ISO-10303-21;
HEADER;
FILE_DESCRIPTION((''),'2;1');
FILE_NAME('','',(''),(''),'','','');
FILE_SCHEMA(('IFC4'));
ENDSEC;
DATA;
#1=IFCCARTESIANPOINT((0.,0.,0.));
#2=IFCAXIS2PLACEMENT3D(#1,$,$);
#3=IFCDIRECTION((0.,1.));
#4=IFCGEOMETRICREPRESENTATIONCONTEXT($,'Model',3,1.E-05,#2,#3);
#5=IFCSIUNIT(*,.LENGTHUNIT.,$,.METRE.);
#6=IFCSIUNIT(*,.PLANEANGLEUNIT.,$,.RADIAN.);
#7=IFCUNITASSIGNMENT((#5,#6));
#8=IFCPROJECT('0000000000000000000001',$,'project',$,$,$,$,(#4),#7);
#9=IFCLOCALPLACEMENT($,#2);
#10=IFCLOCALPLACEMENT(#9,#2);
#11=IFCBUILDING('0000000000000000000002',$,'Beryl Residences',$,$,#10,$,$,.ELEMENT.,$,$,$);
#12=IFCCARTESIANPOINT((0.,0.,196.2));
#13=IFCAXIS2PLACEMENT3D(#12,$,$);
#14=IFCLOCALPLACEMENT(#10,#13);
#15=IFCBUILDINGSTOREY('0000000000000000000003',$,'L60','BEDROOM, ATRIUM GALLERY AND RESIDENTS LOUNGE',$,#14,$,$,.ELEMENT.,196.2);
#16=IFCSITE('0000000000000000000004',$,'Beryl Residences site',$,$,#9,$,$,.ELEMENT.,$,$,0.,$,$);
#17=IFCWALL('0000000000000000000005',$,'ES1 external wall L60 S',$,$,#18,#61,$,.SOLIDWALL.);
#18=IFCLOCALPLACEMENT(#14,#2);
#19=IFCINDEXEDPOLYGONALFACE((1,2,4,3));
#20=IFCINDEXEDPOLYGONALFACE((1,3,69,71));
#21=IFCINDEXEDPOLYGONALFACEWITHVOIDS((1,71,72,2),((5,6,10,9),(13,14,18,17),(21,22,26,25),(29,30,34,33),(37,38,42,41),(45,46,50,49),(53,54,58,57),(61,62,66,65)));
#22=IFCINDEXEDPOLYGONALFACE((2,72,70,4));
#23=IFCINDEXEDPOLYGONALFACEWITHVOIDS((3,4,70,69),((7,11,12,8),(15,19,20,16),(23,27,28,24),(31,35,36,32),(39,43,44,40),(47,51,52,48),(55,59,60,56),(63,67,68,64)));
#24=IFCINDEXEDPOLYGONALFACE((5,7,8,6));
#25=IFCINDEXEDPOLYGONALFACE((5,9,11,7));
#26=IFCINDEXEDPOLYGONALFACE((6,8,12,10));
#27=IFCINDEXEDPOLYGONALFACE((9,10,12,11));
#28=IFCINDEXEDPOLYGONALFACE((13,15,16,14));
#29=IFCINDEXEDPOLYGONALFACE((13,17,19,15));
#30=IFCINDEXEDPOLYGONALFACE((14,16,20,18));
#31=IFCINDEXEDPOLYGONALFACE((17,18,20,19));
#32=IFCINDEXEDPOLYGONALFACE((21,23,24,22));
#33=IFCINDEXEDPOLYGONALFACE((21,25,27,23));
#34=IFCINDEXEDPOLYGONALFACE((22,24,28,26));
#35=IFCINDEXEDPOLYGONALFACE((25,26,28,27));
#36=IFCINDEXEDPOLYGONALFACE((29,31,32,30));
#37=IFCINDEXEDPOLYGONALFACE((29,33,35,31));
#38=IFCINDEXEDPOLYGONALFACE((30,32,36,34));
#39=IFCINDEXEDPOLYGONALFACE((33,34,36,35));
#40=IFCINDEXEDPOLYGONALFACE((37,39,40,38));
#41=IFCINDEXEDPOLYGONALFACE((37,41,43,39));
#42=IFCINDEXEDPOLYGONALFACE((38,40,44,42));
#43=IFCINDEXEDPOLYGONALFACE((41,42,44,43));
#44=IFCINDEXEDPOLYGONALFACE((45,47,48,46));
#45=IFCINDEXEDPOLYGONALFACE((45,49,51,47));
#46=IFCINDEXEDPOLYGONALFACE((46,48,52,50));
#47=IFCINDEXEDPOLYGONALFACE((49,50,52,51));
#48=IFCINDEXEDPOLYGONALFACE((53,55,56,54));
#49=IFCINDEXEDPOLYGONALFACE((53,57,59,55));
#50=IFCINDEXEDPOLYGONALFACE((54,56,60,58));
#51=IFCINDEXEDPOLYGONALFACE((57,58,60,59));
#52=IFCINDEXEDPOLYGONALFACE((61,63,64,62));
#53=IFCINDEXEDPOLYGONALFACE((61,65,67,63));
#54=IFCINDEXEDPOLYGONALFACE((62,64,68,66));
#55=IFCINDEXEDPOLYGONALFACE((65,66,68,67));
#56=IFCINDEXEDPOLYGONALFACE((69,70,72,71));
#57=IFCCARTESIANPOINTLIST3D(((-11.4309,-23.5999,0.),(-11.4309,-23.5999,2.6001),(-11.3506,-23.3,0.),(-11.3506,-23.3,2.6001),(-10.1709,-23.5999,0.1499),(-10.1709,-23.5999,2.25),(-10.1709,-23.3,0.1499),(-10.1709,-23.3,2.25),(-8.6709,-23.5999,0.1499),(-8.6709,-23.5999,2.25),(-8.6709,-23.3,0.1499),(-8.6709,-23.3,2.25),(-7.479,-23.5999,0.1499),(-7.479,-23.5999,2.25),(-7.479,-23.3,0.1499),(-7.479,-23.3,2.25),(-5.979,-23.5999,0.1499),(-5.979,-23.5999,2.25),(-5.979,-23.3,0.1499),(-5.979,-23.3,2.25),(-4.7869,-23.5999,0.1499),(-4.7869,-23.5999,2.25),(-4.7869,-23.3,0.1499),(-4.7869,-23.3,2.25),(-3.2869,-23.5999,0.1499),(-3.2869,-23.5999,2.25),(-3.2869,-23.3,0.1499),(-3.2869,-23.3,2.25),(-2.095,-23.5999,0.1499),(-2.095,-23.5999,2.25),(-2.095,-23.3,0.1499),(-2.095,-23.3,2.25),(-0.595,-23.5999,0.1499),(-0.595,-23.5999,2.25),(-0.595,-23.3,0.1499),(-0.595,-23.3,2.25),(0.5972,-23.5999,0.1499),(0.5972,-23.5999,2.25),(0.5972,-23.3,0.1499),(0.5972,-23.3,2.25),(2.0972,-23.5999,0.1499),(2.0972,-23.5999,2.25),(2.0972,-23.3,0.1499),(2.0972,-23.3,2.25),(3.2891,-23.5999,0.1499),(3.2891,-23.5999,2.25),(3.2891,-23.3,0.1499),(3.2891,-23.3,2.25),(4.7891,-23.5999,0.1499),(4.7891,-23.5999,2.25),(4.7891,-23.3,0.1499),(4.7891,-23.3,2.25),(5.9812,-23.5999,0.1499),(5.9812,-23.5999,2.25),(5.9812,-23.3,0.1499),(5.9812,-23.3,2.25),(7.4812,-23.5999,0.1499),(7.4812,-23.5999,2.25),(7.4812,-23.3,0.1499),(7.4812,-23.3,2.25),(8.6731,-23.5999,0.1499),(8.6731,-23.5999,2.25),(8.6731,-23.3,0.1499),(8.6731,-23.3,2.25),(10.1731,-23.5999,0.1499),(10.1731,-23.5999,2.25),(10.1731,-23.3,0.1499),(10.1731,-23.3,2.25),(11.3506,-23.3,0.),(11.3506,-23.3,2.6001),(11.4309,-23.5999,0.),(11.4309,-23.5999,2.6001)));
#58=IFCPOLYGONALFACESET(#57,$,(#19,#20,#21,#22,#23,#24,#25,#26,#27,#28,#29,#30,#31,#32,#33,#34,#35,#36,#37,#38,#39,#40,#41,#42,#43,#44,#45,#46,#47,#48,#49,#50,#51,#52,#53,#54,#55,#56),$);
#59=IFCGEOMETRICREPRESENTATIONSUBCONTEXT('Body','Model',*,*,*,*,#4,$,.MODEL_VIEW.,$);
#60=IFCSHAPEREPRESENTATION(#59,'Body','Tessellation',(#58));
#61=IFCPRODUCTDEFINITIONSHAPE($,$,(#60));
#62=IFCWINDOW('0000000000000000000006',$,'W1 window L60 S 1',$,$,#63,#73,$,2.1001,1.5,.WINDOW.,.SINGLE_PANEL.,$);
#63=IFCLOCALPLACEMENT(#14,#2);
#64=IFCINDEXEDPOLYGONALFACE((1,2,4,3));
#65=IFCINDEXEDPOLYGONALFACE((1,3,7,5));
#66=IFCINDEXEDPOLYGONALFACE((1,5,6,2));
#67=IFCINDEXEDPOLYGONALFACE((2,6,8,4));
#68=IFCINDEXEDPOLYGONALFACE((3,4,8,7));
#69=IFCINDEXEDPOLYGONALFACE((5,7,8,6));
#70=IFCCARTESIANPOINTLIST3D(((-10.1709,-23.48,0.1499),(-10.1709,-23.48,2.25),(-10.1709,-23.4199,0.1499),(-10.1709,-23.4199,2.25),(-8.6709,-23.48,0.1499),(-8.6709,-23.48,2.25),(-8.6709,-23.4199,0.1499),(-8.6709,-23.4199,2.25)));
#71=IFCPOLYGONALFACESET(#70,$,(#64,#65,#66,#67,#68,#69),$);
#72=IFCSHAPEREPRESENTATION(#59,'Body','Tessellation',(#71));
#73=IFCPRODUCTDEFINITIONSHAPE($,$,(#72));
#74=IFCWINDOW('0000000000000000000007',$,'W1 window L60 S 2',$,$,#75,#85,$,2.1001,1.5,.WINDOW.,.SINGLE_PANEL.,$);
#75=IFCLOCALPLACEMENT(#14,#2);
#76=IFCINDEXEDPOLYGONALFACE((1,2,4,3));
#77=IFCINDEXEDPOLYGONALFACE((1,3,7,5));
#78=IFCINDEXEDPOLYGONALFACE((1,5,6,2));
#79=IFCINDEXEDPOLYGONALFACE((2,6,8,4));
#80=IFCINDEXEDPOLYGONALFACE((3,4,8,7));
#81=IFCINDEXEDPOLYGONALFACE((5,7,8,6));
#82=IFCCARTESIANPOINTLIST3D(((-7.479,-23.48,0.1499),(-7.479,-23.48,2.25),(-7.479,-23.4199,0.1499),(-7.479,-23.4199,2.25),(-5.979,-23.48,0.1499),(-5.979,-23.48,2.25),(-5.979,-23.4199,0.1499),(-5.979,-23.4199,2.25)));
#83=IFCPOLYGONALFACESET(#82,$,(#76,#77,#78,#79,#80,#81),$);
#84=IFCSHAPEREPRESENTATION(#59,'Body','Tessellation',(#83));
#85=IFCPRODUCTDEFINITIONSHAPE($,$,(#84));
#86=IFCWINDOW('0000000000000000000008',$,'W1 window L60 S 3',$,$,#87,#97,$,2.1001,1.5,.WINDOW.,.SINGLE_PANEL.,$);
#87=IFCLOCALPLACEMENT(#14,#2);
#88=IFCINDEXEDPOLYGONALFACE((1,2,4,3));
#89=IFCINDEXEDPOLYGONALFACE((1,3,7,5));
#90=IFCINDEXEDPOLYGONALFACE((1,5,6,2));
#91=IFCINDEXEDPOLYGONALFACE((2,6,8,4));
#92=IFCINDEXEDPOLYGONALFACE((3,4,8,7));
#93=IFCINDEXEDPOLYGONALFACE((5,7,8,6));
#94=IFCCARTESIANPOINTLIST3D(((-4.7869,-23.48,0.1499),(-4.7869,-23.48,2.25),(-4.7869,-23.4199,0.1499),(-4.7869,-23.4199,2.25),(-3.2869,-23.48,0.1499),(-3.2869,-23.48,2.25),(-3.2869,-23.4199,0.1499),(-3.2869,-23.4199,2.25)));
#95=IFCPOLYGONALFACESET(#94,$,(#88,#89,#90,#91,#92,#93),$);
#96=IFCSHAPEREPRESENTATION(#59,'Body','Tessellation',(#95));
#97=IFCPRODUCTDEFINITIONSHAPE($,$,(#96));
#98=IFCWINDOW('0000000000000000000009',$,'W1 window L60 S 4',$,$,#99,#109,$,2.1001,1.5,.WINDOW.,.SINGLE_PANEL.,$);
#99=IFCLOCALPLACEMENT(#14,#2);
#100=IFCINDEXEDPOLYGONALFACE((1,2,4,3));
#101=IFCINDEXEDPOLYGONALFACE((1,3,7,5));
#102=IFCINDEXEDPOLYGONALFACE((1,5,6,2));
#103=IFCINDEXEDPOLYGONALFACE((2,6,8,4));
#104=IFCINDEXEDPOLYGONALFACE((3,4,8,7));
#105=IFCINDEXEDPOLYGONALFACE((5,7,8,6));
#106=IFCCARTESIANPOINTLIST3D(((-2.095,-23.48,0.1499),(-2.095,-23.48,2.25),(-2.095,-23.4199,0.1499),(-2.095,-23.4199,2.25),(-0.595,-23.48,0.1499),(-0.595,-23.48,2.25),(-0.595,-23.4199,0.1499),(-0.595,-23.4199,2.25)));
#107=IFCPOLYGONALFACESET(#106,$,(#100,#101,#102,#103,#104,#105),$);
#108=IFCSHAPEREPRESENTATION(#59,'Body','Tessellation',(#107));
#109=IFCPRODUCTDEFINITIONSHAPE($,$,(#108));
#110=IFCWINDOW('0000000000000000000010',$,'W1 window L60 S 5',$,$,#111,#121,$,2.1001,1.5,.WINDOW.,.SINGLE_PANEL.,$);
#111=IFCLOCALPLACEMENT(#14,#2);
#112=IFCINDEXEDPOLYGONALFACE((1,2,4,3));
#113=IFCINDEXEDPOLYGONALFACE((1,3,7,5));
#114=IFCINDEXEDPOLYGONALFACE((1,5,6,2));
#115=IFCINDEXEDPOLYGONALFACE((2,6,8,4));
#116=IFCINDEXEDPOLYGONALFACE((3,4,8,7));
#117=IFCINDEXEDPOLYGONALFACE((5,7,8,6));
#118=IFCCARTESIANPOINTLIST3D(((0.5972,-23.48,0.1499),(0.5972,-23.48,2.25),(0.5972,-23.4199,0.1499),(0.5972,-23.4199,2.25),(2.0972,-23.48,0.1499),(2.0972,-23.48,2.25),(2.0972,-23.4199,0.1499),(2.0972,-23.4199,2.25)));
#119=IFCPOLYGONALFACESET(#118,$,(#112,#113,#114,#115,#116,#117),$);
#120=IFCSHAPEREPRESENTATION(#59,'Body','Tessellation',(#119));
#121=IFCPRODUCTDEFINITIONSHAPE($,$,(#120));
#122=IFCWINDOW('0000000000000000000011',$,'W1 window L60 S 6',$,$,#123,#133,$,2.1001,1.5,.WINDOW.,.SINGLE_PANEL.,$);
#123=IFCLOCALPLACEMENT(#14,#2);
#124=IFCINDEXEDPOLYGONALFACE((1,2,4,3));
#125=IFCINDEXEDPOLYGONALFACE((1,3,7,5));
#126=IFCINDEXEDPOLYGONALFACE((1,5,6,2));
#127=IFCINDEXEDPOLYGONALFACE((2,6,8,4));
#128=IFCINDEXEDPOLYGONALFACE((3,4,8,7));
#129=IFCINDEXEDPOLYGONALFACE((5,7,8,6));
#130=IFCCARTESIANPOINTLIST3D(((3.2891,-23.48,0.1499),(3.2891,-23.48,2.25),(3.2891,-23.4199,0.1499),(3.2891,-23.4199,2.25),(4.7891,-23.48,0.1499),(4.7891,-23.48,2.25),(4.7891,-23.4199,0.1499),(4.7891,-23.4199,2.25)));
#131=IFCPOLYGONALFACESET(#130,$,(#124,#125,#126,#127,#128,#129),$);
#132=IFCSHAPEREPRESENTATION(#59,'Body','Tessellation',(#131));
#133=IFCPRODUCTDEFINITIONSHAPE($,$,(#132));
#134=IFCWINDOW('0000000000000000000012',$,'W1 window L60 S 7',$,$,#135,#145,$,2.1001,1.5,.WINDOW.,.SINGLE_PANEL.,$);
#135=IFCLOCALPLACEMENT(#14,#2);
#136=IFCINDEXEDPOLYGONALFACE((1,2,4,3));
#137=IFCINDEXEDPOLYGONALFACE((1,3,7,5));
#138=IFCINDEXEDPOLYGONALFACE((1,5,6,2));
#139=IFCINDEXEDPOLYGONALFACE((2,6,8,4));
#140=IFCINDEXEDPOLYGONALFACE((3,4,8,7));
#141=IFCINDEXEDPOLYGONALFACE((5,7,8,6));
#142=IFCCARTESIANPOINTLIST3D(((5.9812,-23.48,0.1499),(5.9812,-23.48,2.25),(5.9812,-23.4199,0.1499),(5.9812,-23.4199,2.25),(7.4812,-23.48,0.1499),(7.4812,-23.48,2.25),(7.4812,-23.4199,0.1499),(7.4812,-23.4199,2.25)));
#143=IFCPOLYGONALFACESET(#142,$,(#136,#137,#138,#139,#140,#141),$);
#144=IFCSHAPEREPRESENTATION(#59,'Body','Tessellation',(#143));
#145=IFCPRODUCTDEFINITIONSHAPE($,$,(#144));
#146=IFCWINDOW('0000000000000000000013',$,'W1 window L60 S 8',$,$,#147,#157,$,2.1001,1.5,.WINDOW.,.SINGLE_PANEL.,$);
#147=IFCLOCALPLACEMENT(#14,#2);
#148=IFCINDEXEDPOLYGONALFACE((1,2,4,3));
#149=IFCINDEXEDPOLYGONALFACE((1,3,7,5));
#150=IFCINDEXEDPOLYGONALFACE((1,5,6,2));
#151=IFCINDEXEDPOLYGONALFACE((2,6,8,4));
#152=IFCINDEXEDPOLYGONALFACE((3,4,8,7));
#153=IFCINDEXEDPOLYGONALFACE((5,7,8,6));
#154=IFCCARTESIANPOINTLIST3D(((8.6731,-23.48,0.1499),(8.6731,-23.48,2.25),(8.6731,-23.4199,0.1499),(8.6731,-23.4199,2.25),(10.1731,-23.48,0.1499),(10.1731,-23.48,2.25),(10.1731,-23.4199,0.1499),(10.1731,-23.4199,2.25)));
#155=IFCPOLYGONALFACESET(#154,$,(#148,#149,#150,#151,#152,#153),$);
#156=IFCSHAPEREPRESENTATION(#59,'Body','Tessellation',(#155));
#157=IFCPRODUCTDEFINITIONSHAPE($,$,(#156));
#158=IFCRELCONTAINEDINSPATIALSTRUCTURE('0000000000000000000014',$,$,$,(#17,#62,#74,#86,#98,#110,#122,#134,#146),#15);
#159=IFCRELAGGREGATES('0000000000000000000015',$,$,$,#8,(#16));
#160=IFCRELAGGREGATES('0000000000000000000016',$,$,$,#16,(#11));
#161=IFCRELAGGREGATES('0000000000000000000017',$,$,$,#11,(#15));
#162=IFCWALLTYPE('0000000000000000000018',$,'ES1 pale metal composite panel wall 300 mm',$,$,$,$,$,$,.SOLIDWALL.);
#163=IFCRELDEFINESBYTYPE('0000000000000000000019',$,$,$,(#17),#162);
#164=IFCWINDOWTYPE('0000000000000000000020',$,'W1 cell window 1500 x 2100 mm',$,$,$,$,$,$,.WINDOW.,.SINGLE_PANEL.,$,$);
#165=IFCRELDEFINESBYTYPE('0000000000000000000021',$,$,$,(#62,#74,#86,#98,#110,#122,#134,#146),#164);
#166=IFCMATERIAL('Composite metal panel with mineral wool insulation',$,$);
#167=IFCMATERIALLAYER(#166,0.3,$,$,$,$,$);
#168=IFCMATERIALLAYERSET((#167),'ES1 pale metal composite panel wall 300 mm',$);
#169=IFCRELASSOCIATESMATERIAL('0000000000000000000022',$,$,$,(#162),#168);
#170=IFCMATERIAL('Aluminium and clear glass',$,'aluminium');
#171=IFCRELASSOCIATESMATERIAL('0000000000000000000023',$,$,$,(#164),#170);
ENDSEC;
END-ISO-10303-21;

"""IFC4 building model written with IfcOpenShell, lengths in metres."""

from ifc_helpers import new_model, si_unit, direction, frame, frame_2d, origin, place, context, subcontext, project, spatial, polyline, rectangle, outline, extrude, material, layer, layer_set, type_object, element, fill, save


model = new_model("IFC4")

# Units and contexts
model_context = context("Model", 3, precision=1e-05, world=origin(), true_north=direction((0.0, 1.0)))
body_context = subcontext(model_context, "Body", "Model", "MODEL_VIEW")
ifc_project = project(units=[si_unit("LENGTHUNIT", "METRE"), si_unit("PLANEANGLEUNIT", "RADIAN")], contexts=[model_context])

# Site, building, storey
site_placement = place(None, origin())
site = spatial("IfcSite", under=ifc_project, at=site_placement, Name="Beryl Residences site", CompositionType="ELEMENT", RefElevation=0.0)
building_placement = place(site_placement, origin())
building = spatial("IfcBuilding", under=site, at=building_placement, Name="Beryl Residences", CompositionType="ELEMENT")
storey_placement = place(building_placement, frame((0.0, 0.0, 196.2)))
storey = spatial("IfcBuildingStorey", under=building, at=storey_placement, Name="L60", Description="BEDROOM, ATRIUM GALLERY AND RESIDENTS LOUNGE", CompositionType="ELEMENT", Elevation=196.2)

# Wall, openings, windows
ifc_material_1 = material(Name="Composite metal panel with mineral wool insulation")
ifc_layer_1 = layer(ifc_material_1, 0.3)
ifc_layer_set_1 = layer_set([ifc_layer_1], Name="ES1 pale metal composite panel wall 300 mm")
wall_type_1 = type_object("IfcWallType", Name="ES1 pale metal composite panel wall 300 mm", PredefinedType="SOLIDWALL", material=ifc_layer_set_1)
wall_1_placement = place(storey_placement, frame((-11.4309, -23.45, 0.0), z_axis=(0.0, 0.0, 1.0), x_axis=(1.0, 0.0, 0.0)))
wall_1 = element("IfcWall", 1, at=wall_1_placement, inside=storey, type_object=wall_type_1, Name="ES1 external wall L60 S", PredefinedType="SOLIDWALL", context=body_context, shape_type="SweptSolid", body=[
    extrude(outline(polyline([(0.0, -0.1499), (22.8618, -0.1499), (22.7815, 0.1499), (0.0803, 0.1499), (0.0, -0.1499)])), origin(), (0.0, 0.0, 1.0), 2.6001),
])
opening_1_placement = place(wall_1_placement, frame((1.26, 0.0, 0.1499)))
opening_1 = element("IfcOpeningElement", 2, at=opening_1_placement, cuts=wall_1, PredefinedType="OPENING", context=body_context, shape_type="SweptSolid", body=[
    extrude(rectangle(XDim=1.5, YDim=2.1001, at=frame_2d((0.75, 1.05))), frame((0.0, 0.1599, 0.0), z_axis=(0.0, -1.0, 0.0), x_axis=(1.0, 0.0, 0.0)), (0.0, 0.0, 1.0), 0.3201),
])
opening_2_placement = place(wall_1_placement, frame((3.9519, 0.0, 0.1499)))
opening_2 = element("IfcOpeningElement", 3, at=opening_2_placement, cuts=wall_1, PredefinedType="OPENING", context=body_context, shape_type="SweptSolid", body=[
    extrude(rectangle(XDim=1.5, YDim=2.1001, at=frame_2d((0.75, 1.05))), frame((0.0, 0.1599, 0.0), z_axis=(0.0, -1.0, 0.0), x_axis=(1.0, 0.0, 0.0)), (0.0, 0.0, 1.0), 0.3201),
])
opening_3_placement = place(wall_1_placement, frame((6.644, 0.0, 0.1499)))
opening_3 = element("IfcOpeningElement", 4, at=opening_3_placement, cuts=wall_1, PredefinedType="OPENING", context=body_context, shape_type="SweptSolid", body=[
    extrude(rectangle(XDim=1.5, YDim=2.1001, at=frame_2d((0.75, 1.05))), frame((0.0, 0.1599, 0.0), z_axis=(0.0, -1.0, 0.0), x_axis=(1.0, 0.0, 0.0)), (0.0, 0.0, 1.0), 0.3201),
])
opening_4_placement = place(wall_1_placement, frame((9.3359, 0.0, 0.1499)))
opening_4 = element("IfcOpeningElement", 5, at=opening_4_placement, cuts=wall_1, PredefinedType="OPENING", context=body_context, shape_type="SweptSolid", body=[
    extrude(rectangle(XDim=1.5, YDim=2.1001, at=frame_2d((0.75, 1.05))), frame((0.0, 0.1599, 0.0), z_axis=(0.0, -1.0, 0.0), x_axis=(1.0, 0.0, 0.0)), (0.0, 0.0, 1.0), 0.3201),
])
opening_5_placement = place(wall_1_placement, frame((12.0281, 0.0, 0.1499)))
opening_5 = element("IfcOpeningElement", 6, at=opening_5_placement, cuts=wall_1, PredefinedType="OPENING", context=body_context, shape_type="SweptSolid", body=[
    extrude(rectangle(XDim=1.5, YDim=2.1001, at=frame_2d((0.75, 1.05))), frame((0.0, 0.1599, 0.0), z_axis=(0.0, -1.0, 0.0), x_axis=(1.0, 0.0, 0.0)), (0.0, 0.0, 1.0), 0.3201),
])
opening_6_placement = place(wall_1_placement, frame((14.72, 0.0, 0.1499)))
opening_6 = element("IfcOpeningElement", 7, at=opening_6_placement, cuts=wall_1, PredefinedType="OPENING", context=body_context, shape_type="SweptSolid", body=[
    extrude(rectangle(XDim=1.5, YDim=2.1001, at=frame_2d((0.75, 1.05))), frame((0.0, 0.1599, 0.0), z_axis=(0.0, -1.0, 0.0), x_axis=(1.0, 0.0, 0.0)), (0.0, 0.0, 1.0), 0.3201),
])
opening_7_placement = place(wall_1_placement, frame((17.4121, 0.0, 0.1499)))
opening_7 = element("IfcOpeningElement", 8, at=opening_7_placement, cuts=wall_1, PredefinedType="OPENING", context=body_context, shape_type="SweptSolid", body=[
    extrude(rectangle(XDim=1.5, YDim=2.1001, at=frame_2d((0.75, 1.05))), frame((0.0, 0.1599, 0.0), z_axis=(0.0, -1.0, 0.0), x_axis=(1.0, 0.0, 0.0)), (0.0, 0.0, 1.0), 0.3201),
])
opening_8_placement = place(wall_1_placement, frame((20.104, 0.0, 0.1499)))
opening_8 = element("IfcOpeningElement", 9, at=opening_8_placement, cuts=wall_1, PredefinedType="OPENING", context=body_context, shape_type="SweptSolid", body=[
    extrude(rectangle(XDim=1.5, YDim=2.1001, at=frame_2d((0.75, 1.05))), frame((0.0, 0.1599, 0.0), z_axis=(0.0, -1.0, 0.0), x_axis=(1.0, 0.0, 0.0)), (0.0, 0.0, 1.0), 0.3201),
])
ifc_material_2 = material(Name="Aluminium and clear glass", Category="aluminium")
window_type = type_object("IfcWindowType", Name="W1 cell window 1500 x 2100 mm", PartitioningType="SINGLE_PANEL", PredefinedType="WINDOW", material=ifc_material_2)
window_1_placement = place(opening_1_placement, origin())
window_1 = element("IfcWindow", 10, at=window_1_placement, inside=storey, type_object=window_type, Name="W1 window L60 S 1", OverallHeight=2.1001, OverallWidth=1.5, PartitioningType="SINGLE_PANEL", PredefinedType="WINDOW", context=body_context, shape_type="SweptSolid", body=[
    extrude(rectangle(XDim=1.5, YDim=2.1001, at=frame_2d((0.75, 1.05))), frame((0.0, 0.03, 0.0), z_axis=(0.0, -1.0, 0.0), x_axis=(1.0, 0.0, 0.0)), (0.0, 0.0, 1.0), 0.0601),
])
fill(opening_1, window_1)
window_2_placement = place(opening_2_placement, origin())
window_2 = element("IfcWindow", 11, at=window_2_placement, inside=storey, type_object=window_type, Name="W1 window L60 S 2", OverallHeight=2.1001, OverallWidth=1.5, PartitioningType="SINGLE_PANEL", PredefinedType="WINDOW", context=body_context, shape_type="SweptSolid", body=[
    extrude(rectangle(XDim=1.5, YDim=2.1001, at=frame_2d((0.75, 1.05))), frame((0.0, 0.03, 0.0), z_axis=(0.0, -1.0, 0.0), x_axis=(1.0, 0.0, 0.0)), (0.0, 0.0, 1.0), 0.0601),
])
fill(opening_2, window_2)
window_3_placement = place(opening_3_placement, origin())
window_3 = element("IfcWindow", 12, at=window_3_placement, inside=storey, type_object=window_type, Name="W1 window L60 S 3", OverallHeight=2.1001, OverallWidth=1.5, PartitioningType="SINGLE_PANEL", PredefinedType="WINDOW", context=body_context, shape_type="SweptSolid", body=[
    extrude(rectangle(XDim=1.5, YDim=2.1001, at=frame_2d((0.75, 1.05))), frame((0.0, 0.03, 0.0), z_axis=(0.0, -1.0, 0.0), x_axis=(1.0, 0.0, 0.0)), (0.0, 0.0, 1.0), 0.0601),
])
fill(opening_3, window_3)
window_4_placement = place(opening_4_placement, origin())
window_4 = element("IfcWindow", 13, at=window_4_placement, inside=storey, type_object=window_type, Name="W1 window L60 S 4", OverallHeight=2.1001, OverallWidth=1.5, PartitioningType="SINGLE_PANEL", PredefinedType="WINDOW", context=body_context, shape_type="SweptSolid", body=[
    extrude(rectangle(XDim=1.5, YDim=2.1001, at=frame_2d((0.75, 1.05))), frame((0.0, 0.03, 0.0), z_axis=(0.0, -1.0, 0.0), x_axis=(1.0, 0.0, 0.0)), (0.0, 0.0, 1.0), 0.0601),
])
fill(opening_4, window_4)
window_5_placement = place(opening_5_placement, origin())
window_5 = element("IfcWindow", 14, at=window_5_placement, inside=storey, type_object=window_type, Name="W1 window L60 S 5", OverallHeight=2.1001, OverallWidth=1.5, PartitioningType="SINGLE_PANEL", PredefinedType="WINDOW", context=body_context, shape_type="SweptSolid", body=[
    extrude(rectangle(XDim=1.5, YDim=2.1001, at=frame_2d((0.75, 1.05))), frame((0.0, 0.03, 0.0), z_axis=(0.0, -1.0, 0.0), x_axis=(1.0, 0.0, 0.0)), (0.0, 0.0, 1.0), 0.0601),
])
fill(opening_5, window_5)
window_6_placement = place(opening_6_placement, origin())
window_6 = element("IfcWindow", 15, at=window_6_placement, inside=storey, type_object=window_type, Name="W1 window L60 S 6", OverallHeight=2.1001, OverallWidth=1.5, PartitioningType="SINGLE_PANEL", PredefinedType="WINDOW", context=body_context, shape_type="SweptSolid", body=[
    extrude(rectangle(XDim=1.5, YDim=2.1001, at=frame_2d((0.75, 1.05))), frame((0.0, 0.03, 0.0), z_axis=(0.0, -1.0, 0.0), x_axis=(1.0, 0.0, 0.0)), (0.0, 0.0, 1.0), 0.0601),
])
fill(opening_6, window_6)
window_7_placement = place(opening_7_placement, origin())
window_7 = element("IfcWindow", 16, at=window_7_placement, inside=storey, type_object=window_type, Name="W1 window L60 S 7", OverallHeight=2.1001, OverallWidth=1.5, PartitioningType="SINGLE_PANEL", PredefinedType="WINDOW", context=body_context, shape_type="SweptSolid", body=[
    extrude(rectangle(XDim=1.5, YDim=2.1001, at=frame_2d((0.75, 1.05))), frame((0.0, 0.03, 0.0), z_axis=(0.0, -1.0, 0.0), x_axis=(1.0, 0.0, 0.0)), (0.0, 0.0, 1.0), 0.0601),
])
fill(opening_7, window_7)
window_8_placement = place(opening_8_placement, origin())
window_8 = element("IfcWindow", 17, at=window_8_placement, inside=storey, type_object=window_type, Name="W1 window L60 S 8", OverallHeight=2.1001, OverallWidth=1.5, PartitioningType="SINGLE_PANEL", PredefinedType="WINDOW", context=body_context, shape_type="SweptSolid", body=[
    extrude(rectangle(XDim=1.5, YDim=2.1001, at=frame_2d((0.75, 1.05))), frame((0.0, 0.03, 0.0), z_axis=(0.0, -1.0, 0.0), x_axis=(1.0, 0.0, 0.0)), (0.0, 0.0, 1.0), 0.0601),
])
fill(opening_8, window_8)

save(model, "model.ifc")
